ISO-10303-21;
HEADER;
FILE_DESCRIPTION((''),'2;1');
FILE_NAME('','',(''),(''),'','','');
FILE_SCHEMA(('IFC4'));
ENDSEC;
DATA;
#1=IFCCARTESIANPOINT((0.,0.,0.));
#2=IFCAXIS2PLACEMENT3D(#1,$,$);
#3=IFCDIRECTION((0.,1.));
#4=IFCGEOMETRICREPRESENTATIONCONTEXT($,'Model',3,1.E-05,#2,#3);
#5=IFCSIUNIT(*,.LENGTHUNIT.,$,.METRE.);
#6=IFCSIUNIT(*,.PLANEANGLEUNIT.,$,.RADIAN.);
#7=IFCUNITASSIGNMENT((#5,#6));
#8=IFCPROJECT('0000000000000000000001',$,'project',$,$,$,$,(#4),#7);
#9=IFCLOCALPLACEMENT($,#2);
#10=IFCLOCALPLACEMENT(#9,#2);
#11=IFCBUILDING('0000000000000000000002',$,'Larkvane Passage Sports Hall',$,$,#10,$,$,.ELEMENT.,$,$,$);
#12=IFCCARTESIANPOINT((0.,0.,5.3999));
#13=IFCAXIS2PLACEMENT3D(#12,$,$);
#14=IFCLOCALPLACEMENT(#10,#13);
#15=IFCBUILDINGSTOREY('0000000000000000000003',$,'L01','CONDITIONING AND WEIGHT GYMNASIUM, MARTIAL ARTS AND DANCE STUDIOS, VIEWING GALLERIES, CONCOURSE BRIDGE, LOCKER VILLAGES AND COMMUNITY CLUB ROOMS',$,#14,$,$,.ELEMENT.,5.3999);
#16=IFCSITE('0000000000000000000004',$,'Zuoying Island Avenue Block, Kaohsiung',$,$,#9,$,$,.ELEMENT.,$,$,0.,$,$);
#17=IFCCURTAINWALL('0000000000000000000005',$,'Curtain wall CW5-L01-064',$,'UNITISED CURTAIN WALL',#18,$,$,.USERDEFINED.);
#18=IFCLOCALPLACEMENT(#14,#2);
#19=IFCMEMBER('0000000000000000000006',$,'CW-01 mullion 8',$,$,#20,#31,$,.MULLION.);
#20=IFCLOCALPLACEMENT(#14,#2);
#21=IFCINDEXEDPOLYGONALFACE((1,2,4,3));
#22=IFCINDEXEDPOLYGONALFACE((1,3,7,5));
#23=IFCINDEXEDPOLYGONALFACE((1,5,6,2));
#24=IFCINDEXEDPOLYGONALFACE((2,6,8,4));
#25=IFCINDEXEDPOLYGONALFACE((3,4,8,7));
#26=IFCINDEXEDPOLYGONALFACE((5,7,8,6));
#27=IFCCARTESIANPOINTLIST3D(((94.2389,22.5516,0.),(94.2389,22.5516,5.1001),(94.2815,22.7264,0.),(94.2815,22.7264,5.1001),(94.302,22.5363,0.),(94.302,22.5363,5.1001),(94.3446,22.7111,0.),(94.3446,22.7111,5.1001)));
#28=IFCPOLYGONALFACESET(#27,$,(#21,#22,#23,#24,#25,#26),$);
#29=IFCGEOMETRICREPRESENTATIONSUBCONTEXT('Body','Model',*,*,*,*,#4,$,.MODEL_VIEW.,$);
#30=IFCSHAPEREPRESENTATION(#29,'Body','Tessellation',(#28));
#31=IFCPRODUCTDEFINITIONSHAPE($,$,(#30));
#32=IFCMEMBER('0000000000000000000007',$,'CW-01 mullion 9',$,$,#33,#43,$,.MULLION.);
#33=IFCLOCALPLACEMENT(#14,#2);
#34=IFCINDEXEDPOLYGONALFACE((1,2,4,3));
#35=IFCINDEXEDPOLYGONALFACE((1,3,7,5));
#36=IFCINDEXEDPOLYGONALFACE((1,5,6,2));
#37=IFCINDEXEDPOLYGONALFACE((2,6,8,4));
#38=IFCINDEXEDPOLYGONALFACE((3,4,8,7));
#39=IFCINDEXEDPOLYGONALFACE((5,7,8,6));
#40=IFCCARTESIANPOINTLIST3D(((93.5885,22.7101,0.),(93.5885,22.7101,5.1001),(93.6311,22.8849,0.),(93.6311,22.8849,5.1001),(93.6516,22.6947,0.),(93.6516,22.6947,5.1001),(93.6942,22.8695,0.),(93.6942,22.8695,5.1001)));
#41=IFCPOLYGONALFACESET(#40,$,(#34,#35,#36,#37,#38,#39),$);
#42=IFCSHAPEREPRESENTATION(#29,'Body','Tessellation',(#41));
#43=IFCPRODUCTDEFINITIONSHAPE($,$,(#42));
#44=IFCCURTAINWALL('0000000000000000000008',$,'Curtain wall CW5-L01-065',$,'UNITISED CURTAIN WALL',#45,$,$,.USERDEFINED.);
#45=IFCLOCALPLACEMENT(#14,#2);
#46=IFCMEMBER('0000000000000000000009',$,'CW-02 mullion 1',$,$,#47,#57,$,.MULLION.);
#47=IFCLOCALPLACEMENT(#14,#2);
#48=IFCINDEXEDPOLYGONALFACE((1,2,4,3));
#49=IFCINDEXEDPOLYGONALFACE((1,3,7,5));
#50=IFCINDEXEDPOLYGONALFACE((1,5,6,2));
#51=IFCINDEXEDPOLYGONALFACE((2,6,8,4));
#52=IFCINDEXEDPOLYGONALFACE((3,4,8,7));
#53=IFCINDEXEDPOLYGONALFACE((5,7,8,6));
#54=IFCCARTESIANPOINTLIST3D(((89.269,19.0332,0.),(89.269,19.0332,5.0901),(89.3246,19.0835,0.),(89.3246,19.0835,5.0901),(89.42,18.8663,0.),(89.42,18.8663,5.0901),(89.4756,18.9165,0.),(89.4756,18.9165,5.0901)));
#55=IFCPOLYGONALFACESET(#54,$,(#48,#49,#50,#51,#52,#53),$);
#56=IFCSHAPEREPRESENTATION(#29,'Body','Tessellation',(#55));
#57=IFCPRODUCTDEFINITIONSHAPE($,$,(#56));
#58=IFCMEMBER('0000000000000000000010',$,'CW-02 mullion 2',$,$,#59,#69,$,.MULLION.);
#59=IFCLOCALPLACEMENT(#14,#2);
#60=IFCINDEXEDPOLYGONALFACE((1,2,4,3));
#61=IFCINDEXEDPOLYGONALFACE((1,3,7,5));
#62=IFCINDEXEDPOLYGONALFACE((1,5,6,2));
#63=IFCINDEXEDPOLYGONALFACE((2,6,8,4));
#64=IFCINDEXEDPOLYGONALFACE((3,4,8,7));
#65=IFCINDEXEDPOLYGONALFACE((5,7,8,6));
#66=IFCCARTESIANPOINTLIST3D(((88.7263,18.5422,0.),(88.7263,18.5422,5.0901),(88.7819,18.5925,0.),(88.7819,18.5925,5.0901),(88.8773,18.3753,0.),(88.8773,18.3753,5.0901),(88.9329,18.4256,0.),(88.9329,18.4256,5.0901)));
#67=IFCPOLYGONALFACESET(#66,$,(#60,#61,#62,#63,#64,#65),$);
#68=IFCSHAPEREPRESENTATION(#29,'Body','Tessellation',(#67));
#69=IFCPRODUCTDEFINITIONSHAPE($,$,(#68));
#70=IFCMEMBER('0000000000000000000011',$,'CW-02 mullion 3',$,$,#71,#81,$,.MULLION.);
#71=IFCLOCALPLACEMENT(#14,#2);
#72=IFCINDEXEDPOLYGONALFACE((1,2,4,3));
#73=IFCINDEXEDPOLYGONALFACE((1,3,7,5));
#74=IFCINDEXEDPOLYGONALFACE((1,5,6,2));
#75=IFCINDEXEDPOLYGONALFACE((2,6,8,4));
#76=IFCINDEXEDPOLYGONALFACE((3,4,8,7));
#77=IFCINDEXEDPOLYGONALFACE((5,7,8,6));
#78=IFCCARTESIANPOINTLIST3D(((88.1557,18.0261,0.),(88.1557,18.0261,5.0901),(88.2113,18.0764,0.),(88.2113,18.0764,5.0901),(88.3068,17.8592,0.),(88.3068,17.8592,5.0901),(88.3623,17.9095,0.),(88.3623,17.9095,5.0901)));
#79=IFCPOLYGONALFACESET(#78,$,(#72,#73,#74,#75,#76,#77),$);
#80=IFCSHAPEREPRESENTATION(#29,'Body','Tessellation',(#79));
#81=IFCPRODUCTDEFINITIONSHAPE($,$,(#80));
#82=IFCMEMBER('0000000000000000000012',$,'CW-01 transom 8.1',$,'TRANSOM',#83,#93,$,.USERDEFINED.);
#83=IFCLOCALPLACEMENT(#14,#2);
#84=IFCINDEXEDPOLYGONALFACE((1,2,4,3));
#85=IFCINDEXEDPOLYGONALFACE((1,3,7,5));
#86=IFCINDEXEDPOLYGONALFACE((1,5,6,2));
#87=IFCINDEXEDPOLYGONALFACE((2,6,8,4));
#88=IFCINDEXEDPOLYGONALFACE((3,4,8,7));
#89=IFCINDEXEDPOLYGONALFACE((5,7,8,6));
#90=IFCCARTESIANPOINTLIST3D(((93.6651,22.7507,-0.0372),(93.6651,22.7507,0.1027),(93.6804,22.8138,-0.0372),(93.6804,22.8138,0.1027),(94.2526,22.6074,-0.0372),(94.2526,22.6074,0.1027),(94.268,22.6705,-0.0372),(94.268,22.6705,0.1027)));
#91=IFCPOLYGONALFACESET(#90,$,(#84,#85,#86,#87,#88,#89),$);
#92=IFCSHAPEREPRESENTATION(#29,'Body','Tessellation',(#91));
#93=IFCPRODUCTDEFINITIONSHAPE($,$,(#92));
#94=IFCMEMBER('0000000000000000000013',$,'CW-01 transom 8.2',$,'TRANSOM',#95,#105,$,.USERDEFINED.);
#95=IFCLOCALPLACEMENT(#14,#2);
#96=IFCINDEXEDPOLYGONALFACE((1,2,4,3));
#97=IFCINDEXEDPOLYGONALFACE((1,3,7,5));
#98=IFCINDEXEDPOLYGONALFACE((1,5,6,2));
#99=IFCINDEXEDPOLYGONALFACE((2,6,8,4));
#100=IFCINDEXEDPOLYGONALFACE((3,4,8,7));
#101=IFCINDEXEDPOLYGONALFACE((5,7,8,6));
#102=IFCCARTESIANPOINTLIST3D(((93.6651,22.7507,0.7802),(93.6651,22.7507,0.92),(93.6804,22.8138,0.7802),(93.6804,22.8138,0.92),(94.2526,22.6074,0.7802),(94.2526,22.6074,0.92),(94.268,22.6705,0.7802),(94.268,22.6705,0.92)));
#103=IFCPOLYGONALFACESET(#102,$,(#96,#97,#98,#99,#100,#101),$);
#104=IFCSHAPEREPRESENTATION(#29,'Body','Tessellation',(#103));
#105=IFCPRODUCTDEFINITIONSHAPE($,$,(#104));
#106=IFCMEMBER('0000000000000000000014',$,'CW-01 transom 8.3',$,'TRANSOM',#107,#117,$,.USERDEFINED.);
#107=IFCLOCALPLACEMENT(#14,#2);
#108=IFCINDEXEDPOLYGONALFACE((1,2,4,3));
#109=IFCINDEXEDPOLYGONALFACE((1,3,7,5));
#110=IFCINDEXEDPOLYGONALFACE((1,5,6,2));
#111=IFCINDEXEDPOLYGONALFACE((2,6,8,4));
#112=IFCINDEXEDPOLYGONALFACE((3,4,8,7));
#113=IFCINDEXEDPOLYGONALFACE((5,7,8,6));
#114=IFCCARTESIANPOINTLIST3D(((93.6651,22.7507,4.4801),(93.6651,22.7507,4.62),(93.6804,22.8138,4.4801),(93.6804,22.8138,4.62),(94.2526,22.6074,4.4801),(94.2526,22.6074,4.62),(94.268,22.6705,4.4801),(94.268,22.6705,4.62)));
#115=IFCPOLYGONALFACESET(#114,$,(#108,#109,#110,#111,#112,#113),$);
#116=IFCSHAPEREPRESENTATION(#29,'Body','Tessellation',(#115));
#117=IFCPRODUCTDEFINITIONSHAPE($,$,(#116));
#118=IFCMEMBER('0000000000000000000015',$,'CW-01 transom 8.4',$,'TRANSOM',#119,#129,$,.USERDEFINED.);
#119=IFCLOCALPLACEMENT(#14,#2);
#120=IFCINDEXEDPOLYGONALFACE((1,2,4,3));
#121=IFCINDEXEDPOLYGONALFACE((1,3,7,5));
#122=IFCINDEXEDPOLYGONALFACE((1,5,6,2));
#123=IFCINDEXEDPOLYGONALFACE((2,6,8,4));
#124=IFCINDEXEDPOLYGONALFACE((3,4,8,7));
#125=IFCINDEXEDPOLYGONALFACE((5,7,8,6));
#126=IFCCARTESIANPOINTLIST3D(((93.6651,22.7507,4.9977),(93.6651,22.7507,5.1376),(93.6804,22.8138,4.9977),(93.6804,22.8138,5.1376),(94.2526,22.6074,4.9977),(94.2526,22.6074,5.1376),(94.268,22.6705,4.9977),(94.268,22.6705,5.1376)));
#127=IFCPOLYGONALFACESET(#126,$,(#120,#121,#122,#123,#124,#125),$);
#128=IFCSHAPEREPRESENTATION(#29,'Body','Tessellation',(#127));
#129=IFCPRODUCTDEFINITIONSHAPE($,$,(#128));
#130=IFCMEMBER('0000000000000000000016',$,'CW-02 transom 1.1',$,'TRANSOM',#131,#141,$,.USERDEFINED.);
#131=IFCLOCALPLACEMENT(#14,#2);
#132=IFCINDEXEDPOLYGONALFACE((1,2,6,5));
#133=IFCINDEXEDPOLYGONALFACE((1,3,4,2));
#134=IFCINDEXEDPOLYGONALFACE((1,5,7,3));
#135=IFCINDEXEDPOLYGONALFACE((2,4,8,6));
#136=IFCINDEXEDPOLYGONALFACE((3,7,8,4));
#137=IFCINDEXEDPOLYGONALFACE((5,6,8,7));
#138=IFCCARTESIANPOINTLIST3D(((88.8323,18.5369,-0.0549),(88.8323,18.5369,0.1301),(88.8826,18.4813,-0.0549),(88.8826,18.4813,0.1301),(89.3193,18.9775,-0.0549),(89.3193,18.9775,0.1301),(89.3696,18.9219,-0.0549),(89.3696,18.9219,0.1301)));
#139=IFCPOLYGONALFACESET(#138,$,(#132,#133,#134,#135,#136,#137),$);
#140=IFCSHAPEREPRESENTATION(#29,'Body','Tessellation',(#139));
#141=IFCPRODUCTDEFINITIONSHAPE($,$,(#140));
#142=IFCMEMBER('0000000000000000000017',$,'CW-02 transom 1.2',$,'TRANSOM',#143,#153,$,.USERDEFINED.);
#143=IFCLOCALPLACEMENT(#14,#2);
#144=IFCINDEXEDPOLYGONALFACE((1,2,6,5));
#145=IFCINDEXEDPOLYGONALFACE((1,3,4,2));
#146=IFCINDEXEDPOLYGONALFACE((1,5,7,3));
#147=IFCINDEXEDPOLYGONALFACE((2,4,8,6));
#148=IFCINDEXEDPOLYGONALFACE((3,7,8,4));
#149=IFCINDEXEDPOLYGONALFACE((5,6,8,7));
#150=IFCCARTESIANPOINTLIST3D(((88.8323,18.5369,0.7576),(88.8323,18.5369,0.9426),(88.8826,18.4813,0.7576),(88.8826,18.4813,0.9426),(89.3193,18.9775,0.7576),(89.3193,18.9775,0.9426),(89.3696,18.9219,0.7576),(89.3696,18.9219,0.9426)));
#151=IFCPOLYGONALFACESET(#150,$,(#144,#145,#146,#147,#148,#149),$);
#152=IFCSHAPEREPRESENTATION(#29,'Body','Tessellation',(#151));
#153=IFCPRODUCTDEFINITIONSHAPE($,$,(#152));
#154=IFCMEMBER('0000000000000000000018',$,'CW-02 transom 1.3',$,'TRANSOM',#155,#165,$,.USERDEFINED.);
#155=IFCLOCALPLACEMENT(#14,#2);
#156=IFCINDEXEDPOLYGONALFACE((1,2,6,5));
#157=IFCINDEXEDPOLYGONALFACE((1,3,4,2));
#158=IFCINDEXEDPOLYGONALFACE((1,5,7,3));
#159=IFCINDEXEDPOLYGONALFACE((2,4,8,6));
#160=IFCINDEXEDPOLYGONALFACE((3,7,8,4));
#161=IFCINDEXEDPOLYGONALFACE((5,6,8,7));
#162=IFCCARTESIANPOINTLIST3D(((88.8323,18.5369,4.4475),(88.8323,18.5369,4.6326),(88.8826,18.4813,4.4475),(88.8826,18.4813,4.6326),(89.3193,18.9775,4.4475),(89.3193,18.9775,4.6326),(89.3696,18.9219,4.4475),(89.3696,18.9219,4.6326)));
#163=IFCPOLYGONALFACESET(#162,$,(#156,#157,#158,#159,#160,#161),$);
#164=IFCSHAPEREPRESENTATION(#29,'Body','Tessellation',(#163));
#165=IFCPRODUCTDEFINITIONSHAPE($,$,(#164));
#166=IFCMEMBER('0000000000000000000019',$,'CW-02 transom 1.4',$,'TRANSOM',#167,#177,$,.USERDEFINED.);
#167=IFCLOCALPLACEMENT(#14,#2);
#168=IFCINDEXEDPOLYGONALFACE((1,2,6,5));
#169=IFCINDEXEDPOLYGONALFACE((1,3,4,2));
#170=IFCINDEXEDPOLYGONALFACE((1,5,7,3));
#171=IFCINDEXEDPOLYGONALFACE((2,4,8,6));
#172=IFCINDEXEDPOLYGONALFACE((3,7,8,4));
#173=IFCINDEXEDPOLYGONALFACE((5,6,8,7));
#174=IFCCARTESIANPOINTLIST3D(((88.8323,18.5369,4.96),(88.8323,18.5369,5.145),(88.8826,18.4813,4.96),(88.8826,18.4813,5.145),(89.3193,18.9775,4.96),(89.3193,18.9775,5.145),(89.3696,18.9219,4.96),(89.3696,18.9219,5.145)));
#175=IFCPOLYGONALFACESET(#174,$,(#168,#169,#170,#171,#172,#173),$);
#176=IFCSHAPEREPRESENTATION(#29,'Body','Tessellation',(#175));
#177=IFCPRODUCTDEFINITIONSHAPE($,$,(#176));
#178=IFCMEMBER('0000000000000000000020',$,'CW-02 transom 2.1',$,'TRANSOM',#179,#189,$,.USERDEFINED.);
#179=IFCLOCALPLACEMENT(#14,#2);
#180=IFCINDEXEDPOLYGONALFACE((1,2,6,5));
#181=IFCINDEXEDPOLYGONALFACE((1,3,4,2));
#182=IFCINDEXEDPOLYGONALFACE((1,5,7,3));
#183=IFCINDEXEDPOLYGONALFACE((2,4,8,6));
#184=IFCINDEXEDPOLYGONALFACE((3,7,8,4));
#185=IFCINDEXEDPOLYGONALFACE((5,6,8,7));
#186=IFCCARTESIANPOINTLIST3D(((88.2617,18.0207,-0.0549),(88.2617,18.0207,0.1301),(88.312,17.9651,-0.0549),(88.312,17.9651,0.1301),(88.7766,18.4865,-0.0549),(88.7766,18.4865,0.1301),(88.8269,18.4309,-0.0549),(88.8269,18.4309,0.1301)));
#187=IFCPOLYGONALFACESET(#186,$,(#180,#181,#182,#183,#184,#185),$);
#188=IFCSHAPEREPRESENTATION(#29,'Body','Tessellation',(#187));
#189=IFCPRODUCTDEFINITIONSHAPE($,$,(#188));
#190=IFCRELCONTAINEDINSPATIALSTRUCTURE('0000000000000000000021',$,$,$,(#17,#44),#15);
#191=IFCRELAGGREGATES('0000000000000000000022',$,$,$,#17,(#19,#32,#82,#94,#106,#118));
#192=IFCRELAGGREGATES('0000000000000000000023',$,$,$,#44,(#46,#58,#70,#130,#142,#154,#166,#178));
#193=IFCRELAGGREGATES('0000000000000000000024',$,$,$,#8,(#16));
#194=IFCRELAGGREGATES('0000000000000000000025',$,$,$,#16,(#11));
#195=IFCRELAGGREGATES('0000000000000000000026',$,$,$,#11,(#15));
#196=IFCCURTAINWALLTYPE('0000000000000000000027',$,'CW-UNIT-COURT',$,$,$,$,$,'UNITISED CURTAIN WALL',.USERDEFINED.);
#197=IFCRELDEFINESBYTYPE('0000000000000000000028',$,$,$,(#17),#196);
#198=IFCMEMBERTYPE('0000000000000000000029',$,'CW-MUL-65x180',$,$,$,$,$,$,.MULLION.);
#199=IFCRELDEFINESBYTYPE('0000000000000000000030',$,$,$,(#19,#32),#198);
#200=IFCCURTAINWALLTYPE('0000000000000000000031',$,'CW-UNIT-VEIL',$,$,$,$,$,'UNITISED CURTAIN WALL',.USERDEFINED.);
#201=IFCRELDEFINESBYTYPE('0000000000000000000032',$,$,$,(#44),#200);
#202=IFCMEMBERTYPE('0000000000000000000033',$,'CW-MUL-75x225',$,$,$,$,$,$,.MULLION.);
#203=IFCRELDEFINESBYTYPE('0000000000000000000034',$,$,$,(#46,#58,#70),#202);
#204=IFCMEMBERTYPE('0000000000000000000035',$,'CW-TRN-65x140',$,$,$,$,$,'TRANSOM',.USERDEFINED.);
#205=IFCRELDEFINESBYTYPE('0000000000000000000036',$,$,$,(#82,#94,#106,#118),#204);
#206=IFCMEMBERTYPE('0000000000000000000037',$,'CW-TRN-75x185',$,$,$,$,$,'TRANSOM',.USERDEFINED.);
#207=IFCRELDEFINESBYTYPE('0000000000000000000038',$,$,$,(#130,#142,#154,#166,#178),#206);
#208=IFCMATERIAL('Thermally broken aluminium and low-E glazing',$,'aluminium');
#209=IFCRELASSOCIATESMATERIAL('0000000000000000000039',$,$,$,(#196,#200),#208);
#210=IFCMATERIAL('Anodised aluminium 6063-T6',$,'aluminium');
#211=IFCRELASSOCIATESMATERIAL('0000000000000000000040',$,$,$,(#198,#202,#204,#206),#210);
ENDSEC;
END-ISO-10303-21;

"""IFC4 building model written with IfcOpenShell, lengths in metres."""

from ifc_helpers import new_model, si_unit, direction, frame, origin, origin_2d, place, context, subcontext, project, spatial, rectangle, extrude, material, material_profile, profile_set, type_object, element, aggregate, save


model = new_model("IFC4")

# Units and contexts
model_context = context("Model", 3, precision=1e-05, world=origin(), true_north=direction((0.0, 1.0)))
body_context = subcontext(model_context, "Body", "Model", "MODEL_VIEW")
ifc_project = project(units=[si_unit("LENGTHUNIT", "METRE"), si_unit("PLANEANGLEUNIT", "RADIAN")], contexts=[model_context])

# Site, building, storey
site_placement = place(None, origin())
site = spatial("IfcSite", under=ifc_project, at=site_placement, Name="Zuoying Island Avenue Block, Kaohsiung", CompositionType="ELEMENT", RefElevation=0.0)
building_placement = place(site_placement, origin())
building = spatial("IfcBuilding", under=site, at=building_placement, Name="Larkvane Passage Sports Hall", CompositionType="ELEMENT")
storey_placement = place(building_placement, frame((0.0, 0.0, 5.3999)))
storey = spatial("IfcBuildingStorey", under=building, at=storey_placement, Name="L01", Description="CONDITIONING AND WEIGHT GYMNASIUM, MARTIAL ARTS AND DANCE STUDIOS, VIEWING GALLERIES, CONCOURSE BRIDGE, LOCKER VILLAGES AND COMMUNITY CLUB ROOMS", CompositionType="ELEMENT", Elevation=5.3999)

# Curtain walls, members
ifc_material_1 = material(Name="Thermally broken aluminium and low-E glazing", Category="aluminium")
curtain_wall_type_1 = type_object("IfcCurtainWallType", Name="CW-UNIT-COURT", ElementType="UNITISED CURTAIN WALL", PredefinedType="USERDEFINED", material=ifc_material_1)
curtain_wall_1_placement = place(storey_placement, origin())
curtain_wall_1 = element("IfcCurtainWall", 1, at=curtain_wall_1_placement, inside=storey, type_object=curtain_wall_type_1, Name="Curtain wall CW5-L01-064", ObjectType="UNITISED CURTAIN WALL", PredefinedType="USERDEFINED")
ifc_material_2 = material(Name="Anodised aluminium 6063-T6", Category="aluminium")
ifc_material_profile_1 = material_profile(ifc_material_2, rectangle(XDim=0.0649, YDim=0.1799, at=origin_2d()), Name="ALU-MUL-65x180")
ifc_profile_set_1 = profile_set([ifc_material_profile_1], Name="Anodised aluminium 6063-T6")
member_type_1 = type_object("IfcMemberType", Name="CW-MUL-65x180", PredefinedType="MULLION", material=ifc_profile_set_1)
member_1_placement = place(storey_placement, frame((94.2917, 22.6313, 0.0), z_axis=(0.0, 0.0, 1.0), x_axis=(-0.971523, 0.236943, 0.0)))
member_1 = element("IfcMember", 2, at=member_1_placement, type_object=member_type_1, Name="CW-01 mullion 8", PredefinedType="MULLION", context=body_context, shape_type="SweptSolid", body=[
    extrude(rectangle(XDim=0.0649, YDim=0.1799, at=origin_2d()), origin(), (0.0, 0.0, 1.0), 5.1001),
])
member_2_placement = place(storey_placement, frame((93.6414, 22.7898, 0.0), z_axis=(0.0, 0.0, 1.0), x_axis=(-0.971523, 0.236943, 0.0)))
member_2 = element("IfcMember", 3, at=member_2_placement, type_object=member_type_1, Name="CW-01 mullion 9", PredefinedType="MULLION", context=body_context, shape_type="SweptSolid", body=[
    extrude(rectangle(XDim=0.0649, YDim=0.1799, at=origin_2d()), origin(), (0.0, 0.0, 1.0), 5.1001),
])
curtain_wall_type_2 = type_object("IfcCurtainWallType", Name="CW-UNIT-VEIL", ElementType="UNITISED CURTAIN WALL", PredefinedType="USERDEFINED", material=ifc_material_1)
curtain_wall_2_placement = place(storey_placement, origin())
curtain_wall_2 = element("IfcCurtainWall", 4, at=curtain_wall_2_placement, inside=storey, type_object=curtain_wall_type_2, Name="Curtain wall CW5-L01-065", ObjectType="UNITISED CURTAIN WALL", PredefinedType="USERDEFINED")
ifc_material_profile_2 = material_profile(ifc_material_2, rectangle(XDim=0.075, YDim=0.2251, at=origin_2d()), Name="ALU-MUL-75x225")
ifc_profile_set_2 = profile_set([ifc_material_profile_2], Name="Anodised aluminium 6063-T6")
member_type_2 = type_object("IfcMemberType", Name="CW-MUL-75x225", PredefinedType="MULLION", material=ifc_profile_set_2)
member_3_placement = place(storey_placement, frame((89.3723, 18.9749, 0.0), z_axis=(0.0, 0.0, 1.0), x_axis=(-0.741533, -0.670917, 0.0)))
member_3 = element("IfcMember", 5, at=member_3_placement, type_object=member_type_2, Name="CW-02 mullion 1", PredefinedType="MULLION", context=body_context, shape_type="SweptSolid", body=[
    extrude(rectangle(XDim=0.075, YDim=0.2251, at=origin_2d()), origin(), (0.0, 0.0, 1.0), 5.0901),
])
member_4_placement = place(storey_placement, frame((88.8296, 18.4839, 0.0), z_axis=(0.0, 0.0, 1.0), x_axis=(-0.741533, -0.670917, 0.0)))
member_4 = element("IfcMember", 6, at=member_4_placement, type_object=member_type_2, Name="CW-02 mullion 2", PredefinedType="MULLION", context=body_context, shape_type="SweptSolid", body=[
    extrude(rectangle(XDim=0.075, YDim=0.2251, at=origin_2d()), origin(), (0.0, 0.0, 1.0), 5.0901),
])
member_5_placement = place(storey_placement, frame((88.259, 17.9678, 0.0), z_axis=(0.0, 0.0, 1.0), x_axis=(-0.741533, -0.670917, 0.0)))
member_5 = element("IfcMember", 7, at=member_5_placement, type_object=member_type_2, Name="CW-02 mullion 3", PredefinedType="MULLION", context=body_context, shape_type="SweptSolid", body=[
    extrude(rectangle(XDim=0.075, YDim=0.2251, at=origin_2d()), origin(), (0.0, 0.0, 1.0), 5.0901),
])

# Members
ifc_material_profile_3 = material_profile(ifc_material_2, rectangle(XDim=0.0649, YDim=0.1399, at=origin_2d()), Name="ALU-TRN-65x140")
ifc_profile_set_3 = profile_set([ifc_material_profile_3], Name="Anodised aluminium 6063-T6")
member_type_3 = type_object("IfcMemberType", Name="CW-TRN-65x140", ElementType="TRANSOM", PredefinedType="USERDEFINED", material=ifc_profile_set_3)
member_6_placement = place(storey_placement, frame((94.2603, 22.6389, 0.0327), z_axis=(-0.971504, 0.237021, 0.0), x_axis=(-0.237021, -0.971504, 0.0)))
member_6 = element("IfcMember", 8, at=member_6_placement, type_object=member_type_3, Name="CW-01 transom 8.1", ObjectType="TRANSOM", PredefinedType="USERDEFINED", context=body_context, shape_type="SweptSolid", body=[
    extrude(rectangle(XDim=0.0649, YDim=0.1399, at=origin_2d()), origin(), (0.0, 0.0, 1.0), 0.6047),
])
member_7_placement = place(storey_placement, frame((94.2603, 22.6389, 0.8501), z_axis=(-0.971504, 0.237021, 0.0), x_axis=(-0.237021, -0.971504, 0.0)))
member_7 = element("IfcMember", 9, at=member_7_placement, type_object=member_type_3, Name="CW-01 transom 8.2", ObjectType="TRANSOM", PredefinedType="USERDEFINED", context=body_context, shape_type="SweptSolid", body=[
    extrude(rectangle(XDim=0.0649, YDim=0.1399, at=origin_2d()), origin(), (0.0, 0.0, 1.0), 0.6047),
])
member_8_placement = place(storey_placement, frame((94.2603, 22.6389, 4.55), z_axis=(-0.971504, 0.237021, 0.0), x_axis=(-0.237021, -0.971504, 0.0)))
member_8 = element("IfcMember", 10, at=member_8_placement, type_object=member_type_3, Name="CW-01 transom 8.3", ObjectType="TRANSOM", PredefinedType="USERDEFINED", context=body_context, shape_type="SweptSolid", body=[
    extrude(rectangle(XDim=0.0649, YDim=0.1399, at=origin_2d()), origin(), (0.0, 0.0, 1.0), 0.6047),
])
member_9_placement = place(storey_placement, frame((94.2603, 22.6389, 5.0676), z_axis=(-0.971504, 0.237021, 0.0), x_axis=(-0.237021, -0.971504, 0.0)))
member_9 = element("IfcMember", 11, at=member_9_placement, type_object=member_type_3, Name="CW-01 transom 8.4", ObjectType="TRANSOM", PredefinedType="USERDEFINED", context=body_context, shape_type="SweptSolid", body=[
    extrude(rectangle(XDim=0.0649, YDim=0.1399, at=origin_2d()), origin(), (0.0, 0.0, 1.0), 0.6047),
])
ifc_material_profile_4 = material_profile(ifc_material_2, rectangle(XDim=0.075, YDim=0.1851, at=origin_2d()), Name="ALU-TRN-75x185")
ifc_profile_set_4 = profile_set([ifc_material_profile_4], Name="Anodised aluminium 6063-T6")
member_type_4 = type_object("IfcMemberType", Name="CW-TRN-75x185", ElementType="TRANSOM", PredefinedType="USERDEFINED", material=ifc_profile_set_4)
member_10_placement = place(storey_placement, frame((89.3445, 18.9497, 0.0376), z_axis=(-0.741536, -0.670913, 0.0), x_axis=(0.670913, -0.741536, 0.0)))
member_10 = element("IfcMember", 12, at=member_10_placement, type_object=member_type_4, Name="CW-02 transom 1.1", ObjectType="TRANSOM", PredefinedType="USERDEFINED", context=body_context, shape_type="SweptSolid", body=[
    extrude(rectangle(XDim=0.075, YDim=0.1851, at=origin_2d()), origin(), (0.0, 0.0, 1.0), 0.6567),
])
member_11_placement = place(storey_placement, frame((89.3445, 18.9497, 0.8501), z_axis=(-0.741536, -0.670913, 0.0), x_axis=(0.670913, -0.741536, 0.0)))
member_11 = element("IfcMember", 13, at=member_11_placement, type_object=member_type_4, Name="CW-02 transom 1.2", ObjectType="TRANSOM", PredefinedType="USERDEFINED", context=body_context, shape_type="SweptSolid", body=[
    extrude(rectangle(XDim=0.075, YDim=0.1851, at=origin_2d()), origin(), (0.0, 0.0, 1.0), 0.6567),
])
member_12_placement = place(storey_placement, frame((89.3445, 18.9497, 4.54), z_axis=(-0.741536, -0.670913, 0.0), x_axis=(0.670913, -0.741536, 0.0)))
member_12 = element("IfcMember", 14, at=member_12_placement, type_object=member_type_4, Name="CW-02 transom 1.3", ObjectType="TRANSOM", PredefinedType="USERDEFINED", context=body_context, shape_type="SweptSolid", body=[
    extrude(rectangle(XDim=0.075, YDim=0.1851, at=origin_2d()), origin(), (0.0, 0.0, 1.0), 0.6567),
])
member_13_placement = place(storey_placement, frame((89.3445, 18.9497, 5.0525), z_axis=(-0.741536, -0.670913, 0.0), x_axis=(0.670913, -0.741536, 0.0)))
member_13 = element("IfcMember", 15, at=member_13_placement, type_object=member_type_4, Name="CW-02 transom 1.4", ObjectType="TRANSOM", PredefinedType="USERDEFINED", context=body_context, shape_type="SweptSolid", body=[
    extrude(rectangle(XDim=0.075, YDim=0.1851, at=origin_2d()), origin(), (0.0, 0.0, 1.0), 0.6567),
])
member_14_placement = place(storey_placement, frame((88.8018, 18.4587, 0.0376), z_axis=(-0.741561, -0.670886, 0.0), x_axis=(0.670886, -0.741561, 0.0)))
member_14 = element("IfcMember", 16, at=member_14_placement, type_object=member_type_4, Name="CW-02 transom 2.1", ObjectType="TRANSOM", PredefinedType="USERDEFINED", context=body_context, shape_type="SweptSolid", body=[
    extrude(rectangle(XDim=0.075, YDim=0.1851, at=origin_2d()), origin(), (0.0, 0.0, 1.0), 0.6943),
])

aggregate(curtain_wall_1, [member_1, member_2, member_6, member_7, member_8, member_9])
aggregate(curtain_wall_2, [member_3, member_4, member_5, member_10, member_11, member_12, member_13, member_14])

save(model, "model.ifc")
